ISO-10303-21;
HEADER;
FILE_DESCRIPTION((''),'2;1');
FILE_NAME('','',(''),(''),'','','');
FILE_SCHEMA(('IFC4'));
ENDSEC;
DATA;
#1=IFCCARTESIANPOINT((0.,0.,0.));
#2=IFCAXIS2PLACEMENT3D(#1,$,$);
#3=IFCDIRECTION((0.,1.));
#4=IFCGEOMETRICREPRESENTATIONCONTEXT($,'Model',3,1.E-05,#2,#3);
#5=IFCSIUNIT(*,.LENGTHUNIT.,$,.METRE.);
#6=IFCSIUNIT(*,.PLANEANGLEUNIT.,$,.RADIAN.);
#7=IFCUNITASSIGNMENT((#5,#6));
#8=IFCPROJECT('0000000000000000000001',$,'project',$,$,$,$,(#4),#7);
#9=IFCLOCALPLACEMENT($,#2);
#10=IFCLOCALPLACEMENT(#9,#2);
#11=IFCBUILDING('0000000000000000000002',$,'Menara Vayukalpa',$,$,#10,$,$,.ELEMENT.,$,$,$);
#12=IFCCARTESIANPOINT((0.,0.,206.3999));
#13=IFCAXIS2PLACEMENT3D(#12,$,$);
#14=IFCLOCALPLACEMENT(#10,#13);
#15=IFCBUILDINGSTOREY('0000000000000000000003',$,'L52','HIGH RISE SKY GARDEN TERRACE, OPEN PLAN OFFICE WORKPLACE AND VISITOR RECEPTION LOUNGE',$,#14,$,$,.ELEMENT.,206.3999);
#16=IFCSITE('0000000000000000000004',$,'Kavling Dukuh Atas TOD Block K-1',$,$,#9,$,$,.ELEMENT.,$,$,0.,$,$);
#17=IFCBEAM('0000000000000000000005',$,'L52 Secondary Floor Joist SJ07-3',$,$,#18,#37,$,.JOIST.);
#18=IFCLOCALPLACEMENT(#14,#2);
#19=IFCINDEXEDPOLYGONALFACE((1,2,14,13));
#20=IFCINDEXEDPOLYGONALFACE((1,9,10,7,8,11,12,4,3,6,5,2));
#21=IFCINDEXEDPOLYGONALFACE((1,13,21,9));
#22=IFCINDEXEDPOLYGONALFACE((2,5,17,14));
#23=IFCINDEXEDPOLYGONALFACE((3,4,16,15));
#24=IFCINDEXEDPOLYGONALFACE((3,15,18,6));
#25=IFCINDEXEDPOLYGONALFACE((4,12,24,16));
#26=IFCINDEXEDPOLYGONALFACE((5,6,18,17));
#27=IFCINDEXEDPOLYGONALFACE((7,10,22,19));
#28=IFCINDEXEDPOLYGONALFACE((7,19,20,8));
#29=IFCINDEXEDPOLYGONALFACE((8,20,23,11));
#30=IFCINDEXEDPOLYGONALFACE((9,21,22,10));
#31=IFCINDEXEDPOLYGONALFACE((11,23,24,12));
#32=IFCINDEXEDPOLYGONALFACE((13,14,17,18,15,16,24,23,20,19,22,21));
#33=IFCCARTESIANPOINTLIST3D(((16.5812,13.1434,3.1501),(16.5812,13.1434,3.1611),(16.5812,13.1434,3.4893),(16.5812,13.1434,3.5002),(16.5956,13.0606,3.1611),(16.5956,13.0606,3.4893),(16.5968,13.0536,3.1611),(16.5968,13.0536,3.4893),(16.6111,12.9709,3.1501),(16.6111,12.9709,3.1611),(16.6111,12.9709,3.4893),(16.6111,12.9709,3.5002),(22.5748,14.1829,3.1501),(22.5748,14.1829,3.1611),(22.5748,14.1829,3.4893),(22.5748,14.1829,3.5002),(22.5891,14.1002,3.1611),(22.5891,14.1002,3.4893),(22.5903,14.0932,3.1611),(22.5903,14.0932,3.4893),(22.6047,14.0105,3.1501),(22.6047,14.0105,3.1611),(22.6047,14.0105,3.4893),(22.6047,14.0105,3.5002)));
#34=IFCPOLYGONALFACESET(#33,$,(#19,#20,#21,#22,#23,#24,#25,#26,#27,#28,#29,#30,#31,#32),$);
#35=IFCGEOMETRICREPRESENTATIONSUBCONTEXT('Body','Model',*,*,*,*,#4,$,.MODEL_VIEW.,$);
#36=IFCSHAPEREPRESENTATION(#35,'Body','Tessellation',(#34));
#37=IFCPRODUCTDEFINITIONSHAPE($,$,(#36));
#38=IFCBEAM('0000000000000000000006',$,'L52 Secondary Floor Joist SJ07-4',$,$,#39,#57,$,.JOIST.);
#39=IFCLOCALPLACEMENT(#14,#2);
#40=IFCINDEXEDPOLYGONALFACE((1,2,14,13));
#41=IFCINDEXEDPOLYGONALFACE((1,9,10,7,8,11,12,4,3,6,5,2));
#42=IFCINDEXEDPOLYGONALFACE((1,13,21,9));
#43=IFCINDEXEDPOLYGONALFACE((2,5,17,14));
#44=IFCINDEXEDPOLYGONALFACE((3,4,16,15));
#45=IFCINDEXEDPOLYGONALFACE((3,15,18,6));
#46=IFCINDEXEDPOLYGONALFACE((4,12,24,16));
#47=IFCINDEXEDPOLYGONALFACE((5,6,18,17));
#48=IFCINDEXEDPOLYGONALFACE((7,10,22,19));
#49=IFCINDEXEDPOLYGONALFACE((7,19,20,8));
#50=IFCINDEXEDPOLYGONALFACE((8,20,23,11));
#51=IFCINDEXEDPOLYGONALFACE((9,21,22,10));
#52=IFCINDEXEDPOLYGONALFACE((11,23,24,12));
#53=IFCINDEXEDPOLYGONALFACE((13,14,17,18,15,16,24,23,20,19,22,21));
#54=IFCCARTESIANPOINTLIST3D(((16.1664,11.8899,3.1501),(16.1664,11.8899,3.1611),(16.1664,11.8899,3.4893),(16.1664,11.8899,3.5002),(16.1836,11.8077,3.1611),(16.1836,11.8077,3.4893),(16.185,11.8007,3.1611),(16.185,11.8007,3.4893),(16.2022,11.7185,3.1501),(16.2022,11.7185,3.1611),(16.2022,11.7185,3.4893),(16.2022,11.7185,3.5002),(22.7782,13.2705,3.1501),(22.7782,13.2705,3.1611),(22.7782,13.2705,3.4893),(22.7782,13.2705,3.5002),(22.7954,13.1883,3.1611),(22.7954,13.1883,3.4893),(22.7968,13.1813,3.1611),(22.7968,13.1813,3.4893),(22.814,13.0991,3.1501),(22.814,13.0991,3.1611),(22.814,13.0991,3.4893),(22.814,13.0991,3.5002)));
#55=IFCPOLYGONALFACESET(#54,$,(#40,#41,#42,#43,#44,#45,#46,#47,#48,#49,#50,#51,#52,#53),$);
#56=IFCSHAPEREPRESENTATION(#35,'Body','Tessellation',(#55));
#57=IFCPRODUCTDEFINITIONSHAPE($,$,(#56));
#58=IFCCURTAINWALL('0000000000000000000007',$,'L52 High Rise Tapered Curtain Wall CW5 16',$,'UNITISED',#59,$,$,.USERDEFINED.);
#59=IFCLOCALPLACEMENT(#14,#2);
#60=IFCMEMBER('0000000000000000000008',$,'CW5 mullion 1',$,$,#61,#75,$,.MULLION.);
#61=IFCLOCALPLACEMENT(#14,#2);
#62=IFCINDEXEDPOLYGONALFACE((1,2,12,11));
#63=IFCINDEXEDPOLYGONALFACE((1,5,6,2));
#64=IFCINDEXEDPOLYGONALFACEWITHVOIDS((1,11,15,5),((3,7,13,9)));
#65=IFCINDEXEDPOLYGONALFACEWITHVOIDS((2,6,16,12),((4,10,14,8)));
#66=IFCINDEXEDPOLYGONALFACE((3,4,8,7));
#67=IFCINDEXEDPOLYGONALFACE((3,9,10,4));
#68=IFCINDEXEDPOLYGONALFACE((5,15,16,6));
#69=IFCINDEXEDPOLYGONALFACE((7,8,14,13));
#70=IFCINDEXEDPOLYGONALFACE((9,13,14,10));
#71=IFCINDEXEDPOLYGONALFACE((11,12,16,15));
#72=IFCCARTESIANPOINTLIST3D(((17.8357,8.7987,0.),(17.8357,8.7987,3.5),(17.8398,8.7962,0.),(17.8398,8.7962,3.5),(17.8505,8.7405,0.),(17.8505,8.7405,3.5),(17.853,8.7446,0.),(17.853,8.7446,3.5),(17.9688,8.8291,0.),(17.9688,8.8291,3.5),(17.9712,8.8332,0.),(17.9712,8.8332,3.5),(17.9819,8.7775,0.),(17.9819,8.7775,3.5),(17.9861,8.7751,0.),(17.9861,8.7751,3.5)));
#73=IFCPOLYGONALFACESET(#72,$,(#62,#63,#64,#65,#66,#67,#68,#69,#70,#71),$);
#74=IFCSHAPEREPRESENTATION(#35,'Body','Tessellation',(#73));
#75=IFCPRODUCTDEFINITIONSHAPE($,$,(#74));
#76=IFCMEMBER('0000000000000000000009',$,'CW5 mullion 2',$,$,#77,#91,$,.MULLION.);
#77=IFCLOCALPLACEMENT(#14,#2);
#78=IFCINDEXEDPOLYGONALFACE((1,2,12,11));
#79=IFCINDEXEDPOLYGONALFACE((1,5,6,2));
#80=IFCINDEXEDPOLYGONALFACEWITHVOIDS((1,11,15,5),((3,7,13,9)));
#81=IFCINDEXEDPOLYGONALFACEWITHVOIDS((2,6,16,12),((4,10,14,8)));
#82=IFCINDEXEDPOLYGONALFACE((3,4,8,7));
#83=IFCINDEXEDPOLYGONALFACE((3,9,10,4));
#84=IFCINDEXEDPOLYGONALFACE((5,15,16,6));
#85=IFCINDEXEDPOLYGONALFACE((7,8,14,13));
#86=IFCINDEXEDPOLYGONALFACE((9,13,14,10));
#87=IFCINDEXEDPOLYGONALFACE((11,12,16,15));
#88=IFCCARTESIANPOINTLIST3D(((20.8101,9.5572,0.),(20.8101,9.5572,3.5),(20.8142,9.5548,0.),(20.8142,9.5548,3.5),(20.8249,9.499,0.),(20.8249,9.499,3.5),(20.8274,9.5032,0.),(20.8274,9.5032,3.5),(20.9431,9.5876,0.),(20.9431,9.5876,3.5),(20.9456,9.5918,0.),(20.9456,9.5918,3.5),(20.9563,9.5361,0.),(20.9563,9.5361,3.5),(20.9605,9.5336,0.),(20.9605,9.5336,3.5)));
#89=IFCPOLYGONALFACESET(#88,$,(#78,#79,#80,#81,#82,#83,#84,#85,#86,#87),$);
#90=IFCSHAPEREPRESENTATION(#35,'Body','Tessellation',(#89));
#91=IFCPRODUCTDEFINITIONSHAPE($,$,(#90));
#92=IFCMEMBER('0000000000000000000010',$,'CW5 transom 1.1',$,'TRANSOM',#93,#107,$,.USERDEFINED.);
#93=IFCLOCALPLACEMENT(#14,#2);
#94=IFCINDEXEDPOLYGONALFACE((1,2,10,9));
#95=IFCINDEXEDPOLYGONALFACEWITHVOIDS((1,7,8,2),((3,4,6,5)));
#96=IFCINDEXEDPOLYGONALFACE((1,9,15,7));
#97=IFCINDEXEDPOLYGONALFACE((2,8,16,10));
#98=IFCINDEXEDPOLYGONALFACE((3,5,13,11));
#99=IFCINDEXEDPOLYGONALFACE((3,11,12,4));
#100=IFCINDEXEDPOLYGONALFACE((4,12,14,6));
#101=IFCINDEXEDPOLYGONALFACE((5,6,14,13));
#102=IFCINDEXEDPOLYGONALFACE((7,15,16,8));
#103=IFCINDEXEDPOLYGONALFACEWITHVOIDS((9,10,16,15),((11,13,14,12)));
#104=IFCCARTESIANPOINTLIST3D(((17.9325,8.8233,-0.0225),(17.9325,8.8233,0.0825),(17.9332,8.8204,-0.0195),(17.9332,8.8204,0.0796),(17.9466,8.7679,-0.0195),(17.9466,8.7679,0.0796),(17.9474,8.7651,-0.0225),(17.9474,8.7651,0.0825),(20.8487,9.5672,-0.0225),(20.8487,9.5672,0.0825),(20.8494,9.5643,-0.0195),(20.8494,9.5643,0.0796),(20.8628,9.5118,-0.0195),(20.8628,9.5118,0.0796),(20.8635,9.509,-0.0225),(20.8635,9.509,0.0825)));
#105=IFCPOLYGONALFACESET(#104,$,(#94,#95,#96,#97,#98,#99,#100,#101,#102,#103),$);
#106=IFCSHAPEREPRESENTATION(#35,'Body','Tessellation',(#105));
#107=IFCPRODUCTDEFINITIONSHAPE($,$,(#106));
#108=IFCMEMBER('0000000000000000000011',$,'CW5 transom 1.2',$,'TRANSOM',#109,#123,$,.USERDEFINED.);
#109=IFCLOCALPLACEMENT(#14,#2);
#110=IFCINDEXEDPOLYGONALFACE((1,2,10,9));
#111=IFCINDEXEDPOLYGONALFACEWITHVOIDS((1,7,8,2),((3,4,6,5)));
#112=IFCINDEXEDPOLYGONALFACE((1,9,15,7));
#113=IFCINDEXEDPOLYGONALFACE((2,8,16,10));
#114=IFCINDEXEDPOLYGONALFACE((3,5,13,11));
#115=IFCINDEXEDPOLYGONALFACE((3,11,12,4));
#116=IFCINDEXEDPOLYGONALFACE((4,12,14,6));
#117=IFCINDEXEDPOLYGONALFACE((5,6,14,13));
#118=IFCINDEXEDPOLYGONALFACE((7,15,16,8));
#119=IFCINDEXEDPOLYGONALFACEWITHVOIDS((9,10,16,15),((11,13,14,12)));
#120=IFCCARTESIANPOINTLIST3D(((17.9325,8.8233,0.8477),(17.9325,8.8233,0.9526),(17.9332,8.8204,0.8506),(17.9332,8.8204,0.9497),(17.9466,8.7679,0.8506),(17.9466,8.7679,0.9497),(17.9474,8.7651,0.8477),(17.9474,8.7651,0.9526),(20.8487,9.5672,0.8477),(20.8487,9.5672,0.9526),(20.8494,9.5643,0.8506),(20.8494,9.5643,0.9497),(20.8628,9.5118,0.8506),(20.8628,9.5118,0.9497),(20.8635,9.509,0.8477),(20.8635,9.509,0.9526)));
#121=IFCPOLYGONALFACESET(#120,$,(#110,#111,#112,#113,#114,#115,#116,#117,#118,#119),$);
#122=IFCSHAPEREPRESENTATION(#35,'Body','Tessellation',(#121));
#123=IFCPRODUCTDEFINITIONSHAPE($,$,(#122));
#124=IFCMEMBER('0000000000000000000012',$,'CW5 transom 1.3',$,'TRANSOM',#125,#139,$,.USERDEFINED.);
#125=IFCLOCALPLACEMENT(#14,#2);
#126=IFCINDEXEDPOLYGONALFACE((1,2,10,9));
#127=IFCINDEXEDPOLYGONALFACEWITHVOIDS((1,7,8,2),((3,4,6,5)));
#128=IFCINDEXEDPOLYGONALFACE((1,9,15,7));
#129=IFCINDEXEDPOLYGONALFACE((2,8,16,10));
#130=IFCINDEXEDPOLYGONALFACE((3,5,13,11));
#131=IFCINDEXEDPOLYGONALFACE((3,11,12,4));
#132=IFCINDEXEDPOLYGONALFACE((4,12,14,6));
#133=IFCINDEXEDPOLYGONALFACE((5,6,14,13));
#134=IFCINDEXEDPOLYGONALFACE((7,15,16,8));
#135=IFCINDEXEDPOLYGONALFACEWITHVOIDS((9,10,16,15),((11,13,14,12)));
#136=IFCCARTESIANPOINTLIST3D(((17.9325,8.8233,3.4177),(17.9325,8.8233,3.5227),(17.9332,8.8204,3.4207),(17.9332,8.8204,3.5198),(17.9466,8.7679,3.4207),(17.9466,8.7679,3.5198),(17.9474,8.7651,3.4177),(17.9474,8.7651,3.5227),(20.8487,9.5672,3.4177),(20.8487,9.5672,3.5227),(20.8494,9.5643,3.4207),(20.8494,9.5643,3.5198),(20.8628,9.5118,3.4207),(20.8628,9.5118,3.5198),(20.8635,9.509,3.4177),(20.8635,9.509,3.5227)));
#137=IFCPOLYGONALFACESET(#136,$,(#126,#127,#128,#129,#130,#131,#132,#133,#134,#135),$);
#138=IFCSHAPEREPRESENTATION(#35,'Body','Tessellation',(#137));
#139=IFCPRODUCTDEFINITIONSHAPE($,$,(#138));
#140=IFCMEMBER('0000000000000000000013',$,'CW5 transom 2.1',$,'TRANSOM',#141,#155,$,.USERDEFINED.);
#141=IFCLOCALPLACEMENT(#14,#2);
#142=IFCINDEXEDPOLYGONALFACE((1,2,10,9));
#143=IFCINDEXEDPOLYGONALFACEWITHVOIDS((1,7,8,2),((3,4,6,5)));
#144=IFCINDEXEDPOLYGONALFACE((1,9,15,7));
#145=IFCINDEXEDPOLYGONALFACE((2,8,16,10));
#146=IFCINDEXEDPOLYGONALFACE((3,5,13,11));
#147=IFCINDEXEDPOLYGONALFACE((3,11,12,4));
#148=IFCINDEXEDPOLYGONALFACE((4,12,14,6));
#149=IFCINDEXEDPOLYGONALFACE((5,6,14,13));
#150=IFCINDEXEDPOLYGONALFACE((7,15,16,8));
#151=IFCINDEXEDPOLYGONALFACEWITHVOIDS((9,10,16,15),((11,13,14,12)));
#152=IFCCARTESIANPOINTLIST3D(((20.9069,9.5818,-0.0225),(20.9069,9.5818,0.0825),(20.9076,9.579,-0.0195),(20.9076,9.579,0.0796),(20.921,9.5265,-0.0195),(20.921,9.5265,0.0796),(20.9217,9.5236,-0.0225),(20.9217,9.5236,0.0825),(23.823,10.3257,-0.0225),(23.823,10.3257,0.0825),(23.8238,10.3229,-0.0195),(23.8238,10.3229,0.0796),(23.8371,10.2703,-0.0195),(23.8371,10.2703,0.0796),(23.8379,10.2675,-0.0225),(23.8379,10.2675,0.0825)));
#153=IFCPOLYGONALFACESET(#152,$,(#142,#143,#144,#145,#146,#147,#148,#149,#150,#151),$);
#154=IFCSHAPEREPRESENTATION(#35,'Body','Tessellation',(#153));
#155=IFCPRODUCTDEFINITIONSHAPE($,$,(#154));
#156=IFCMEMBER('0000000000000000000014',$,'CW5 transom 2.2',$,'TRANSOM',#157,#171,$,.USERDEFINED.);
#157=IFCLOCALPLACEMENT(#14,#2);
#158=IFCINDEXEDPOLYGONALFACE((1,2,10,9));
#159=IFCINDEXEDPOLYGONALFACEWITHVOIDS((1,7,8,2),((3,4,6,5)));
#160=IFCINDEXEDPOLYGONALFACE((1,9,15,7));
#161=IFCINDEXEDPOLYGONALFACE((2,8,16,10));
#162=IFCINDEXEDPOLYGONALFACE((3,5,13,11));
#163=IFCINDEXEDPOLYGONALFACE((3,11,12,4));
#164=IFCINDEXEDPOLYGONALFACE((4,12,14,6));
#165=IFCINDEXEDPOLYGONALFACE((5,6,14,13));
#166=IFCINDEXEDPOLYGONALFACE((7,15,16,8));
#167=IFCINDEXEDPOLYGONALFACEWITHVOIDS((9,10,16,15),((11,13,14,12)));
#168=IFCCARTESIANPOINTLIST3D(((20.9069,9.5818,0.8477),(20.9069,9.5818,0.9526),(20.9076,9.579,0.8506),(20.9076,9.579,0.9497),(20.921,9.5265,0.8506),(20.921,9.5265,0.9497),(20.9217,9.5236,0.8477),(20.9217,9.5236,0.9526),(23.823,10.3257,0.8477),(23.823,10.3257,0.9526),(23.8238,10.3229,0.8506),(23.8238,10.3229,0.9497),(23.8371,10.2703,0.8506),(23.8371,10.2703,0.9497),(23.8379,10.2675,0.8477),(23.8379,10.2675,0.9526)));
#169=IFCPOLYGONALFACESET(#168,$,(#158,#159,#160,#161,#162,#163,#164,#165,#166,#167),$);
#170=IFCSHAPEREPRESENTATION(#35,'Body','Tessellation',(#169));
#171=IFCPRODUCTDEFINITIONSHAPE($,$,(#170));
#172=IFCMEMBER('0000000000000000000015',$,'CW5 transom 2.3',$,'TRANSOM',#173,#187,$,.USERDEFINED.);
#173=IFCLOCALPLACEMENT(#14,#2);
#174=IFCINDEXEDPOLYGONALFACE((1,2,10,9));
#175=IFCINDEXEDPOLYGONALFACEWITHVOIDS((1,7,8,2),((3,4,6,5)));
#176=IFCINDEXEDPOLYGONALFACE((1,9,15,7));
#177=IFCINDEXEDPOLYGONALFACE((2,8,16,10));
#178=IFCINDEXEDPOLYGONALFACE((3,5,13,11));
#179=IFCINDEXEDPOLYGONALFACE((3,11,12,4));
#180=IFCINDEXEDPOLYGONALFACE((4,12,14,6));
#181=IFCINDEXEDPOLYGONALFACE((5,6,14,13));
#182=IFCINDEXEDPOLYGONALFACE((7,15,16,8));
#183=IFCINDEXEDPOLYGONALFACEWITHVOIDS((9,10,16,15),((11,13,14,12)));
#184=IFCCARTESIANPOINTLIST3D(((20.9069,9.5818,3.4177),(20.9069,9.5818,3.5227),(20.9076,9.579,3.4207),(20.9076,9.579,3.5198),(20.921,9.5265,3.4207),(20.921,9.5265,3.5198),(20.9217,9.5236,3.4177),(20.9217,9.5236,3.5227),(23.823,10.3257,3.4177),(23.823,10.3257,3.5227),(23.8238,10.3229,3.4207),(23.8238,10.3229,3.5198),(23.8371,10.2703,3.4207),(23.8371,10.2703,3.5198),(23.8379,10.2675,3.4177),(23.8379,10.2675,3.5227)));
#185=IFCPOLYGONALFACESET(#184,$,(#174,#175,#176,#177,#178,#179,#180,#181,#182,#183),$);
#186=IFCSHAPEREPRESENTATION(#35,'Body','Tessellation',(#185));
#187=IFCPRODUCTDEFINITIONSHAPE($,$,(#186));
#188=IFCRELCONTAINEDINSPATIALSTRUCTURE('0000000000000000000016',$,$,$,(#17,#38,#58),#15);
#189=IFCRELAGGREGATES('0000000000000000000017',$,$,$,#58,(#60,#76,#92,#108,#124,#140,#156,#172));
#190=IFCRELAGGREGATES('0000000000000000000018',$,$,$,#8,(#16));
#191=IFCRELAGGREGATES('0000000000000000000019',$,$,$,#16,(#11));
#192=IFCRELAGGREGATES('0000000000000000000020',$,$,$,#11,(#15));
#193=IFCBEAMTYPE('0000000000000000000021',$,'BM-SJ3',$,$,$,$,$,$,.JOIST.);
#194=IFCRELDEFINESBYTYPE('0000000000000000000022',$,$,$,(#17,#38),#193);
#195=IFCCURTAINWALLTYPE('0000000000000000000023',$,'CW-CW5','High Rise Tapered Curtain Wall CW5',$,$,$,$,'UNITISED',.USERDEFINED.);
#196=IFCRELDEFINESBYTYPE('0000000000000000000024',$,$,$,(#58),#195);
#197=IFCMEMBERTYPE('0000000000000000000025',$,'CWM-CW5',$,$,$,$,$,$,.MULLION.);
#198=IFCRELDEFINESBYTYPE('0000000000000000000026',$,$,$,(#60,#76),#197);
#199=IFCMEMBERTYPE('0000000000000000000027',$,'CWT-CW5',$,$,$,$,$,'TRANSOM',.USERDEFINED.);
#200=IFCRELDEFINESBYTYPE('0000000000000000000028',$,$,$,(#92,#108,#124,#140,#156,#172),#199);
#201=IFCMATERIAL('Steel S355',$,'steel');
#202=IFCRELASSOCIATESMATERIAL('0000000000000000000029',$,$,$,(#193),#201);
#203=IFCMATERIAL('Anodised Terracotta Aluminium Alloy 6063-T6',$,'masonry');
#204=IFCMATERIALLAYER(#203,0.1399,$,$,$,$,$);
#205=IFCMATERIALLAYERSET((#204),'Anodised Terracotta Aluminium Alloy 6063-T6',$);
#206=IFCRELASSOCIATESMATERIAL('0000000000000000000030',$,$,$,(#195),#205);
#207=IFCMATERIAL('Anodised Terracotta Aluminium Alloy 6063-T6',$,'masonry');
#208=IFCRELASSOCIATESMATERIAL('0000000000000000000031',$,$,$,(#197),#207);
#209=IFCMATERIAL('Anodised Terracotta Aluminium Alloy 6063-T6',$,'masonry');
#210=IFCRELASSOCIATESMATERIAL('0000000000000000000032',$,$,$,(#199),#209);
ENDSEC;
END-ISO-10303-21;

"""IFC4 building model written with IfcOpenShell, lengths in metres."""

from ifc_helpers import new_model, si_unit, direction, frame, origin, origin_2d, place, context, subcontext, project, spatial, hollow_rectangle, i_section, extrude, material, layer, layer_set, material_profile, profile_set, type_object, element, aggregate, save


model = new_model("IFC4")

# Units and contexts
model_context = context("Model", 3, precision=1e-05, world=origin(), true_north=direction((0.0, 1.0)))
body_context = subcontext(model_context, "Body", "Model", "MODEL_VIEW")
ifc_project = project(units=[si_unit("LENGTHUNIT", "METRE"), si_unit("PLANEANGLEUNIT", "RADIAN")], contexts=[model_context])

# Site, building, storey
site_placement = place(None, origin())
site = spatial("IfcSite", under=ifc_project, at=site_placement, Name="Kavling Dukuh Atas TOD Block K-1", CompositionType="ELEMENT", RefElevation=0.0)
building_placement = place(site_placement, origin())
building = spatial("IfcBuilding", under=site, at=building_placement, Name="Menara Vayukalpa", CompositionType="ELEMENT")
storey_placement = place(building_placement, frame((0.0, 0.0, 206.3999)))
storey = spatial("IfcBuildingStorey", under=building, at=storey_placement, Name="L52", Description="HIGH RISE SKY GARDEN TERRACE, OPEN PLAN OFFICE WORKPLACE AND VISITOR RECEPTION LOUNGE", CompositionType="ELEMENT", Elevation=206.3999)

# Beams
ifc_material_1 = material(Name="Steel S355", Category="steel")
ifc_material_profile_1 = material_profile(ifc_material_1, i_section(OverallWidth=0.175, OverallDepth=0.3501, WebThickness=0.0071, FlangeThickness=0.011, at=origin_2d()), Name="WF 350x175x7x11")
ifc_profile_set_1 = profile_set([ifc_material_profile_1], Name="Steel S355")
beam_type = type_object("IfcBeamType", Name="BM-SJ3", PredefinedType="JOIST", material=ifc_profile_set_1)
beam_1_placement = place(storey_placement, frame((16.5962, 13.0571, 3.3252), z_axis=(0.985289, 0.170897, 0.0), x_axis=(-0.170897, 0.985289, 0.0)))
element("IfcBeam", 1, at=beam_1_placement, inside=storey, type_object=beam_type, Name="L52 Secondary Floor Joist SJ07-3", PredefinedType="JOIST", context=body_context, shape_type="SweptSolid", body=[
    extrude(i_section(OverallWidth=0.175, OverallDepth=0.3501, WebThickness=0.0071, FlangeThickness=0.011, at=origin_2d()), origin(), (0.0, 0.0, 1.0), 6.083),
])
beam_2_placement = place(storey_placement, frame((16.1843, 11.8042, 3.3252), z_axis=(0.978887, 0.204402, 0.0), x_axis=(-0.204402, 0.978887, 0.0)))
element("IfcBeam", 2, at=beam_2_placement, inside=storey, type_object=beam_type, Name="L52 Secondary Floor Joist SJ07-4", PredefinedType="JOIST", context=body_context, shape_type="SweptSolid", body=[
    extrude(i_section(OverallWidth=0.175, OverallDepth=0.3501, WebThickness=0.0071, FlangeThickness=0.011, at=origin_2d()), origin(), (0.0, 0.0, 1.0), 6.7544),
])

# Curtain wall, members
ifc_material_2 = material(Name="Anodised Terracotta Aluminium Alloy 6063-T6", Category="masonry")
ifc_layer_1 = layer(ifc_material_2, 0.1399)
ifc_layer_set_1 = layer_set([ifc_layer_1], Name="Anodised Terracotta Aluminium Alloy 6063-T6")
curtain_wall_type = type_object("IfcCurtainWallType", Name="CW-CW5", Description="High Rise Tapered Curtain Wall CW5", ElementType="UNITISED", PredefinedType="USERDEFINED", material=ifc_layer_set_1)
curtain_wall_placement = place(storey_placement, origin())
curtain_wall = element("IfcCurtainWall", 3, at=curtain_wall_placement, inside=storey, type_object=curtain_wall_type, Name="L52 High Rise Tapered Curtain Wall CW5 16", ObjectType="UNITISED", PredefinedType="USERDEFINED")
ifc_material_3 = material(Name="Anodised Terracotta Aluminium Alloy 6063-T6", Category="masonry")
ifc_material_profile_2 = material_profile(ifc_material_3, hollow_rectangle(XDim=0.0601, YDim=0.1399, WallThickness=0.0034, at=origin_2d()), Name="ALU 60x140x3.5")
ifc_profile_set_2 = profile_set([ifc_material_profile_2], Name="Anodised Terracotta Aluminium Alloy 6063-T6")
member_type_1 = type_object("IfcMemberType", Name="CWM-CW5", PredefinedType="MULLION", material=ifc_profile_set_2)
member_1_placement = place(storey_placement, frame((17.9109, 8.7869, 0.0), z_axis=(0.0, 0.0, 1.0), x_axis=(-0.247129, 0.968983, 0.0)))
member_1 = element("IfcMember", 4, at=member_1_placement, type_object=member_type_1, Name="CW5 mullion 1", PredefinedType="MULLION", context=body_context, shape_type="SweptSolid", body=[
    extrude(hollow_rectangle(XDim=0.0601, YDim=0.1399, WallThickness=0.0034, at=origin_2d()), origin(), (0.0, 0.0, 1.0), 3.5),
])
member_2_placement = place(storey_placement, frame((20.8853, 9.5454, 0.0), z_axis=(0.0, 0.0, 1.0), x_axis=(-0.247129, 0.968983, 0.0)))
member_2 = element("IfcMember", 5, at=member_2_placement, type_object=member_type_1, Name="CW5 mullion 2", PredefinedType="MULLION", context=body_context, shape_type="SweptSolid", body=[
    extrude(hollow_rectangle(XDim=0.0601, YDim=0.1399, WallThickness=0.0034, at=origin_2d()), origin(), (0.0, 0.0, 1.0), 3.5),
])
ifc_material_4 = material(Name="Anodised Terracotta Aluminium Alloy 6063-T6", Category="masonry")
ifc_material_profile_3 = material_profile(ifc_material_4, hollow_rectangle(XDim=0.0601, YDim=0.105, WallThickness=0.0029, at=origin_2d()), Name="ALU 60x105x3")
ifc_profile_set_3 = profile_set([ifc_material_profile_3], Name="Anodised Terracotta Aluminium Alloy 6063-T6")
member_type_2 = type_object("IfcMemberType", Name="CWT-CW5", ElementType="TRANSOM", PredefinedType="USERDEFINED", material=ifc_profile_set_3)
member_3_placement = place(storey_placement, frame((17.9399, 8.7942, 0.03), z_axis=(0.968972, 0.247171, 0.0), x_axis=(-0.247171, 0.968972, 0.0)))
member_3 = element("IfcMember", 6, at=member_3_placement, type_object=member_type_2, Name="CW5 transom 1.1", ObjectType="TRANSOM", PredefinedType="USERDEFINED", context=body_context, shape_type="SweptSolid", body=[
    extrude(hollow_rectangle(XDim=0.0601, YDim=0.105, WallThickness=0.0029, at=origin_2d()), origin(), (0.0, 0.0, 1.0), 3.0095),
])
member_4_placement = place(storey_placement, frame((17.9399, 8.7942, 0.9001), z_axis=(0.968972, 0.247171, 0.0), x_axis=(-0.247171, 0.968972, 0.0)))
member_4 = element("IfcMember", 7, at=member_4_placement, type_object=member_type_2, Name="CW5 transom 1.2", ObjectType="TRANSOM", PredefinedType="USERDEFINED", context=body_context, shape_type="SweptSolid", body=[
    extrude(hollow_rectangle(XDim=0.0601, YDim=0.105, WallThickness=0.0029, at=origin_2d()), origin(), (0.0, 0.0, 1.0), 3.0095),
])
member_5_placement = place(storey_placement, frame((17.9399, 8.7942, 3.4702), z_axis=(0.968972, 0.247171, 0.0), x_axis=(-0.247171, 0.968972, 0.0)))
member_5 = element("IfcMember", 8, at=member_5_placement, type_object=member_type_2, Name="CW5 transom 1.3", ObjectType="TRANSOM", PredefinedType="USERDEFINED", context=body_context, shape_type="SweptSolid", body=[
    extrude(hollow_rectangle(XDim=0.0601, YDim=0.105, WallThickness=0.0029, at=origin_2d()), origin(), (0.0, 0.0, 1.0), 3.0095),
])
member_6_placement = place(storey_placement, frame((20.9143, 9.5527, 0.03), z_axis=(0.968972, 0.247171, 0.0), x_axis=(-0.247171, 0.968972, 0.0)))
member_6 = element("IfcMember", 9, at=member_6_placement, type_object=member_type_2, Name="CW5 transom 2.1", ObjectType="TRANSOM", PredefinedType="USERDEFINED", context=body_context, shape_type="SweptSolid", body=[
    extrude(hollow_rectangle(XDim=0.0601, YDim=0.105, WallThickness=0.0029, at=origin_2d()), origin(), (0.0, 0.0, 1.0), 3.0095),
])
member_7_placement = place(storey_placement, frame((20.9143, 9.5527, 0.9001), z_axis=(0.968972, 0.247171, 0.0), x_axis=(-0.247171, 0.968972, 0.0)))
member_7 = element("IfcMember", 10, at=member_7_placement, type_object=member_type_2, Name="CW5 transom 2.2", ObjectType="TRANSOM", PredefinedType="USERDEFINED", context=body_context, shape_type="SweptSolid", body=[
    extrude(hollow_rectangle(XDim=0.0601, YDim=0.105, WallThickness=0.0029, at=origin_2d()), origin(), (0.0, 0.0, 1.0), 3.0095),
])
member_8_placement = place(storey_placement, frame((20.9143, 9.5527, 3.4702), z_axis=(0.968972, 0.247171, 0.0), x_axis=(-0.247171, 0.968972, 0.0)))
member_8 = element("IfcMember", 11, at=member_8_placement, type_object=member_type_2, Name="CW5 transom 2.3", ObjectType="TRANSOM", PredefinedType="USERDEFINED", context=body_context, shape_type="SweptSolid", body=[
    extrude(hollow_rectangle(XDim=0.0601, YDim=0.105, WallThickness=0.0029, at=origin_2d()), origin(), (0.0, 0.0, 1.0), 3.0095),
])
aggregate(curtain_wall, [member_1, member_2, member_3, member_4, member_5, member_6, member_7, member_8])

save(model, "model.ifc")
